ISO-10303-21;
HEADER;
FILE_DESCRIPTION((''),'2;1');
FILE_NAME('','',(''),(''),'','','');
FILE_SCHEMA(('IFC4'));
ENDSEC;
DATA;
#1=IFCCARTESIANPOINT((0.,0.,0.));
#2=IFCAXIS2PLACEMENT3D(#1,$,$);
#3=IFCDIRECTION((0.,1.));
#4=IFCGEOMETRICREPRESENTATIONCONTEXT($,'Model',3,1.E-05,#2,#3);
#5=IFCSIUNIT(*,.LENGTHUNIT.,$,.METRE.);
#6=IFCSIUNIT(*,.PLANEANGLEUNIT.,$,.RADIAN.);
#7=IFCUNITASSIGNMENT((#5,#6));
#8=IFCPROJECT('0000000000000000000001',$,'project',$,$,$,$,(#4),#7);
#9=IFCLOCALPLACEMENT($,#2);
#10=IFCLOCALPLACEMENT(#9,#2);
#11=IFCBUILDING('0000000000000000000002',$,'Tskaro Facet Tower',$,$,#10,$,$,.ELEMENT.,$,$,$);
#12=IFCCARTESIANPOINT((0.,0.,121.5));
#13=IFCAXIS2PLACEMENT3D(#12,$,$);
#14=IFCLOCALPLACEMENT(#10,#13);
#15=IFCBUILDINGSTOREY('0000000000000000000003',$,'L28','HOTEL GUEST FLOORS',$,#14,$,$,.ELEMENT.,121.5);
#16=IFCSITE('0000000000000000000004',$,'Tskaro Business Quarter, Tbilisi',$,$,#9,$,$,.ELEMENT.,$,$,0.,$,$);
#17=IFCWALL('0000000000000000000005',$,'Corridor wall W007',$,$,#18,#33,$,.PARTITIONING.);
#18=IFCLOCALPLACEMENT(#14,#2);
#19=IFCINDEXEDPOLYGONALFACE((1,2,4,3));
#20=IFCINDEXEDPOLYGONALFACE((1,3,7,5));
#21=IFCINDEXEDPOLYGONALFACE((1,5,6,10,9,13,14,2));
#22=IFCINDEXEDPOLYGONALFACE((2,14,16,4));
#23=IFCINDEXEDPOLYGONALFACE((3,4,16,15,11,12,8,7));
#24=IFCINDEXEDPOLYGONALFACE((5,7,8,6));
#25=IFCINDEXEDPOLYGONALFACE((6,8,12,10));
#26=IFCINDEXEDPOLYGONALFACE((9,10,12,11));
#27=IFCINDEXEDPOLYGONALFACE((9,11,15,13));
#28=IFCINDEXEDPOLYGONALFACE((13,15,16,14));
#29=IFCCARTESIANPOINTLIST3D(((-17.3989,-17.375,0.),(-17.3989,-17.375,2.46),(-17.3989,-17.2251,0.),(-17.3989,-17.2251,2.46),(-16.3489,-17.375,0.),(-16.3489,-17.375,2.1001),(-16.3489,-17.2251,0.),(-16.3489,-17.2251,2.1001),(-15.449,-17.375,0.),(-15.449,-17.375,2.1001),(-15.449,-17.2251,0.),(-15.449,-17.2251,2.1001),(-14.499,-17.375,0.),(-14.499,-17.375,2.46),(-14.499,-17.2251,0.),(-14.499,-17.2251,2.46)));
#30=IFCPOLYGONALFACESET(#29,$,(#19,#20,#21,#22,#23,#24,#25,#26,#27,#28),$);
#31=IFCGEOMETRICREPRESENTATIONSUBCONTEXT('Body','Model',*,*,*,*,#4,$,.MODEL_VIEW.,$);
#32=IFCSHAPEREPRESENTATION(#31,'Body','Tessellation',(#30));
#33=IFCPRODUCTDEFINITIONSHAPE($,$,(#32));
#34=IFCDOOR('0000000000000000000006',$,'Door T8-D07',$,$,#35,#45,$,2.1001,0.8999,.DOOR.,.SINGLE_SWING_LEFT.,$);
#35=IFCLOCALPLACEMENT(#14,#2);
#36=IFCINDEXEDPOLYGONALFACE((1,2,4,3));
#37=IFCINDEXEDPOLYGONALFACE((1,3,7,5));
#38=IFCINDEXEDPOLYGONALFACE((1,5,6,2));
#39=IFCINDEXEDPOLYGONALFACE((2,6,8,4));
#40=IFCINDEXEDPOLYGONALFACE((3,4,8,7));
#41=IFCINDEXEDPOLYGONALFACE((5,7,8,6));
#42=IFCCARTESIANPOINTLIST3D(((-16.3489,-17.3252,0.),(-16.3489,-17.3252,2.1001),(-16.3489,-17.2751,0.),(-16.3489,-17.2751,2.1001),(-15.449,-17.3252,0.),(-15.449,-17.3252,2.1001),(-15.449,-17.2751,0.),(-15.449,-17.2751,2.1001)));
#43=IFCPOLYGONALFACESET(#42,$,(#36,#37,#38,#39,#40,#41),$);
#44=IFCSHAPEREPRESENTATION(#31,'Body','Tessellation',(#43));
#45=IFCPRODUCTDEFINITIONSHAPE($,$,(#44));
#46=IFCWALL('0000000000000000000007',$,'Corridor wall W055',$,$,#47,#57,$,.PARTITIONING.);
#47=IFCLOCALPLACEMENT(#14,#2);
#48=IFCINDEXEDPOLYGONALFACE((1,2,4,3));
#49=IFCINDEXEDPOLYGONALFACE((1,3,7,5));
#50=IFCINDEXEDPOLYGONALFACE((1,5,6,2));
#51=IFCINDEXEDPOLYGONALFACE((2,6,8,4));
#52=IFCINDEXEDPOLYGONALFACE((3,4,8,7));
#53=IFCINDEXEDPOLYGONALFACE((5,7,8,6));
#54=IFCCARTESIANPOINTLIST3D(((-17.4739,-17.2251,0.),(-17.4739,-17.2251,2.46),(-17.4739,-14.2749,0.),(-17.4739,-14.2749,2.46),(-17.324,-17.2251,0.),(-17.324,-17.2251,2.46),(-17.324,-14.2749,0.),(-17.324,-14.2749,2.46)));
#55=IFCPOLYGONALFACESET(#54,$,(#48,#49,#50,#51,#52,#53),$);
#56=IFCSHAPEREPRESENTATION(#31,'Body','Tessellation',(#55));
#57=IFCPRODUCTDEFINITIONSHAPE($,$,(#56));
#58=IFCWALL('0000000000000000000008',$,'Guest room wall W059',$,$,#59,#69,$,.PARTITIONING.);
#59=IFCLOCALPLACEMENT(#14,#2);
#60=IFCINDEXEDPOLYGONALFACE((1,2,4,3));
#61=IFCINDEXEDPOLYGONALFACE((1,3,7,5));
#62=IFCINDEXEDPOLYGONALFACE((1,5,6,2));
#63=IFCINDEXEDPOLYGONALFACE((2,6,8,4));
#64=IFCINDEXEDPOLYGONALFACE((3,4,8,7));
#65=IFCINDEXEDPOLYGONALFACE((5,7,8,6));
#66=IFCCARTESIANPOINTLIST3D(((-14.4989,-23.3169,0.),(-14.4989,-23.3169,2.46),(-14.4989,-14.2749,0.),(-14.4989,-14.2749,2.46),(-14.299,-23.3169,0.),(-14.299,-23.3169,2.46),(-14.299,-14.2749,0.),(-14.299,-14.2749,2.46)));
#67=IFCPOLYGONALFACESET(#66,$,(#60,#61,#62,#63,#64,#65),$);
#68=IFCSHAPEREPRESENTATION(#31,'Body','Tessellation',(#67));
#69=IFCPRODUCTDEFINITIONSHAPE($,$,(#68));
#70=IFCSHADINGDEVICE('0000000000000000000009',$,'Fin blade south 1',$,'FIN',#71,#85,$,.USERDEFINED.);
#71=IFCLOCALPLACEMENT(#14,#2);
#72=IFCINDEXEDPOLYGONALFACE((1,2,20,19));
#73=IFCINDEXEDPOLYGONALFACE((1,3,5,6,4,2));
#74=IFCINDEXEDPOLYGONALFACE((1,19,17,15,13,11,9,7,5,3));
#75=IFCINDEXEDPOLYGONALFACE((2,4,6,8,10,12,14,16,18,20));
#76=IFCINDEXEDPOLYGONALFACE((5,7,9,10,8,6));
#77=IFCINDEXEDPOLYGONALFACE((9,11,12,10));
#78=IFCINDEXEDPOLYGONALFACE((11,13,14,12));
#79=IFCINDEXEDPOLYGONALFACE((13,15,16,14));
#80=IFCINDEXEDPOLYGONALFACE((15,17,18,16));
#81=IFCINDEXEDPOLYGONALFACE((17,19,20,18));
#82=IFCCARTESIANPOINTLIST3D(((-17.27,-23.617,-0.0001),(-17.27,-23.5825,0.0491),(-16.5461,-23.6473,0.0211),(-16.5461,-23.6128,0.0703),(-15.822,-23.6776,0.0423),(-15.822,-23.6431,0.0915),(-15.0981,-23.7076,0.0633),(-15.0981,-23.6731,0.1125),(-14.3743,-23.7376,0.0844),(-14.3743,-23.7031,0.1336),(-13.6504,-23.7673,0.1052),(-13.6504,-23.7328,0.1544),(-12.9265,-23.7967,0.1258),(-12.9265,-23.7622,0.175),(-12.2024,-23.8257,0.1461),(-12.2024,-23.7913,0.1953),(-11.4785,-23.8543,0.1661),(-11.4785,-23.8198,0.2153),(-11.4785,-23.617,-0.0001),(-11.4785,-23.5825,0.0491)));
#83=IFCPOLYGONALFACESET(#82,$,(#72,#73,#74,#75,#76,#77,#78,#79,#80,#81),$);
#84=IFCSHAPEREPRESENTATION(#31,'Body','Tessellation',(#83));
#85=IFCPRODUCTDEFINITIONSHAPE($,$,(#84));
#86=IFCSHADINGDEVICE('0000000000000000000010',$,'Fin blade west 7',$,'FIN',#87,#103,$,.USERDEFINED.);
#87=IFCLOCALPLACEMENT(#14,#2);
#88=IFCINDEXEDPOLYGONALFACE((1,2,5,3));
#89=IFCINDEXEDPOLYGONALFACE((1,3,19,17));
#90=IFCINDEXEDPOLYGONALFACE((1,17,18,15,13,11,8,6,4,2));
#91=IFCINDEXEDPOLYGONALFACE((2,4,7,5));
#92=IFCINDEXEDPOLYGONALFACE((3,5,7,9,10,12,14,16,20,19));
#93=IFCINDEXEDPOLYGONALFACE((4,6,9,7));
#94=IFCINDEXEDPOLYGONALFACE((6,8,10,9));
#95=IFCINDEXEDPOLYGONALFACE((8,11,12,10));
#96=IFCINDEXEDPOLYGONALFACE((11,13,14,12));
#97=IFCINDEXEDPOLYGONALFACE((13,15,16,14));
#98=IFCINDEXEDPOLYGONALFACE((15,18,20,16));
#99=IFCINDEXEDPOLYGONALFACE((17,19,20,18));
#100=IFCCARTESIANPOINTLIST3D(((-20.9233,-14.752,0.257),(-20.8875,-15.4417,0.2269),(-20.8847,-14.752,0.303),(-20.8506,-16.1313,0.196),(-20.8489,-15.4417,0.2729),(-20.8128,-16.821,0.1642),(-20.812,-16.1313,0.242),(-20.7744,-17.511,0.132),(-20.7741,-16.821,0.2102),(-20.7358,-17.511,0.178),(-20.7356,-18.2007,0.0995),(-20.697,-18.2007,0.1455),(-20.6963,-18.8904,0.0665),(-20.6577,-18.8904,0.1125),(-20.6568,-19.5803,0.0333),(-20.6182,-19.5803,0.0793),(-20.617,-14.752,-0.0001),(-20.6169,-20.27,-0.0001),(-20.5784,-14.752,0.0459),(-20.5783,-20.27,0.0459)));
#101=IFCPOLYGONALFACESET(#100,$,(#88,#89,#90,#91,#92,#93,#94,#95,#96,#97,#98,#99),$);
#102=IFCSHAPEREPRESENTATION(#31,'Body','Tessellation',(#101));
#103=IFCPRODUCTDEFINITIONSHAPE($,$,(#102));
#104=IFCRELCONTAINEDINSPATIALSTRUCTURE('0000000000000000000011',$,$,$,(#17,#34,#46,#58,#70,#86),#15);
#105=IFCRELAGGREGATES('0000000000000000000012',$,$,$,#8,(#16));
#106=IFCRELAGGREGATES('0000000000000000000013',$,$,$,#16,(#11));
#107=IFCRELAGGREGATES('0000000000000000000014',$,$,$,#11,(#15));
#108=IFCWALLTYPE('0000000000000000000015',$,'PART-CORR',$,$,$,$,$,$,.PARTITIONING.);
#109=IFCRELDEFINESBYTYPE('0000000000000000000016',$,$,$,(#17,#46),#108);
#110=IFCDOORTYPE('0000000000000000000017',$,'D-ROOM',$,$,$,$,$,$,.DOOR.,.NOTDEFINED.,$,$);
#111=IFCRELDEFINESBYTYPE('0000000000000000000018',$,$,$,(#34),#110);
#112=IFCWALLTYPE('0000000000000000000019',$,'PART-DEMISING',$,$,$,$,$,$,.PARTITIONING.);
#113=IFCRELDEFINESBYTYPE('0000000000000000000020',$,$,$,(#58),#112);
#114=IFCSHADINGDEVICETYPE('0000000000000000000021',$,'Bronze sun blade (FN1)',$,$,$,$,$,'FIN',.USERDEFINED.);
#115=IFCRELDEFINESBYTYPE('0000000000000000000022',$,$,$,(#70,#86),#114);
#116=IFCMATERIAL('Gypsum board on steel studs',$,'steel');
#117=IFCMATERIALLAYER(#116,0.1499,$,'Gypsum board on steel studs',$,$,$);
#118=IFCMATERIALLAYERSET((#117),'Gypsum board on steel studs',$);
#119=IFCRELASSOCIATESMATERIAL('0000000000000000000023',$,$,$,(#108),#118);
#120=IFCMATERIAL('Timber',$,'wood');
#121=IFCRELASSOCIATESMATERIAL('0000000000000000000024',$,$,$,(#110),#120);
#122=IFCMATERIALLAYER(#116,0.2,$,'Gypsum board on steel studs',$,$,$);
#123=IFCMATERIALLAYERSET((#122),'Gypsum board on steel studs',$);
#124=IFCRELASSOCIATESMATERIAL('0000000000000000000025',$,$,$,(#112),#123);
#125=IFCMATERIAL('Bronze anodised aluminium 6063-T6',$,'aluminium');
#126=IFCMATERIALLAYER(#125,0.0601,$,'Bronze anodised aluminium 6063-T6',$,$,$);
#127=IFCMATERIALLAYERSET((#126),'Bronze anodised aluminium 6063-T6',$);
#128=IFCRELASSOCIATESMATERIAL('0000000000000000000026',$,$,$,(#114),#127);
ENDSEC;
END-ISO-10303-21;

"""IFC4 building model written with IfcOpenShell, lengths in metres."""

from ifc_helpers import new_model, si_unit, direction, frame, frame_2d, origin, place, context, subcontext, project, spatial, polyline, rectangle, outline, extrude, material, layer, layer_set, type_object, element, fill, save


model = new_model("IFC4")

# Units and contexts
model_context = context("Model", 3, precision=1e-05, world=origin(), true_north=direction((0.0, 1.0)))
body_context = subcontext(model_context, "Body", "Model", "MODEL_VIEW")
ifc_project = project(units=[si_unit("LENGTHUNIT", "METRE"), si_unit("PLANEANGLEUNIT", "RADIAN")], contexts=[model_context])

# Site, building, storey
site_placement = place(None, origin())
site = spatial("IfcSite", under=ifc_project, at=site_placement, Name="Tskaro Business Quarter, Tbilisi", CompositionType="ELEMENT", RefElevation=0.0)
building_placement = place(site_placement, origin())
building = spatial("IfcBuilding", under=site, at=building_placement, Name="Tskaro Facet Tower", CompositionType="ELEMENT")
storey_placement = place(building_placement, frame((0.0, 0.0, 121.5)))
storey = spatial("IfcBuildingStorey", under=building, at=storey_placement, Name="L28", Description="HOTEL GUEST FLOORS", CompositionType="ELEMENT", Elevation=121.5)

# Shared definitions
ifc_material_1 = material(Name="Bronze anodised aluminium 6063-T6", Category="aluminium")

# Wall, opening, door
ifc_material_2 = material(Name="Gypsum board on steel studs", Category="steel")
ifc_layer_1 = layer(ifc_material_2, 0.1499, Name="Gypsum board on steel studs")
ifc_layer_set_1 = layer_set([ifc_layer_1], Name="Gypsum board on steel studs")
wall_type_1 = type_object("IfcWallType", Name="PART-CORR", PredefinedType="PARTITIONING", material=ifc_layer_set_1)
wall_1_placement = place(storey_placement, frame((-17.3989, -17.3, 0.0), z_axis=(0.0, 0.0, 1.0), x_axis=(1.0, 0.0, 0.0)))
wall_1 = element("IfcWall", 1, at=wall_1_placement, inside=storey, type_object=wall_type_1, Name="Corridor wall W007", PredefinedType="PARTITIONING", context=body_context, shape_type="SweptSolid", body=[
    extrude(rectangle(XDim=2.8999, YDim=0.1499, at=frame_2d((1.45, 0.0))), origin(), (0.0, 0.0, 1.0), 2.46),
])
opening_placement = place(wall_1_placement, frame((1.05, 0.0, 0.0)))
opening = element("IfcOpeningElement", 2, at=opening_placement, cuts=wall_1, PredefinedType="OPENING", context=body_context, shape_type="SweptSolid", body=[
    extrude(rectangle(XDim=0.8999, YDim=2.1001, at=frame_2d((0.45, 1.05))), frame((0.0, 0.085, 0.0), z_axis=(0.0, -1.0, 0.0), x_axis=(1.0, 0.0, 0.0)), (0.0, 0.0, 1.0), 0.1699),
])
ifc_material_3 = material(Name="Timber", Category="wood")
door_type = type_object("IfcDoorType", Name="D-ROOM", OperationType="NOTDEFINED", PredefinedType="DOOR", material=ifc_material_3)
door_placement = place(opening_placement, origin())
door = element("IfcDoor", 3, at=door_placement, inside=storey, type_object=door_type, Name="Door T8-D07", OperationType="SINGLE_SWING_LEFT", OverallHeight=2.1001, OverallWidth=0.8999, PredefinedType="DOOR", context=body_context, shape_type="SweptSolid", body=[
    extrude(rectangle(XDim=0.8999, YDim=2.1001, at=frame_2d((0.45, 1.05))), frame((0.0, 0.0249, 0.0), z_axis=(0.0, -1.0, 0.0), x_axis=(1.0, 0.0, 0.0)), (0.0, 0.0, 1.0), 0.05),
])
fill(opening, door)

# Walls
wall_2_placement = place(storey_placement, frame((-17.3989, -17.2251, 0.0), z_axis=(0.0, 0.0, 1.0), x_axis=(0.0, 1.0, 0.0)))
element("IfcWall", 4, at=wall_2_placement, inside=storey, type_object=wall_type_1, Name="Corridor wall W055", PredefinedType="PARTITIONING", context=body_context, shape_type="SweptSolid", body=[
    extrude(rectangle(XDim=2.9502, YDim=0.1499, at=frame_2d((1.4751, 0.0))), origin(), (0.0, 0.0, 1.0), 2.46),
])
ifc_layer_2 = layer(ifc_material_2, 0.2, Name="Gypsum board on steel studs")
ifc_layer_set_2 = layer_set([ifc_layer_2], Name="Gypsum board on steel studs")
wall_type_2 = type_object("IfcWallType", Name="PART-DEMISING", PredefinedType="PARTITIONING", material=ifc_layer_set_2)
wall_3_placement = place(storey_placement, frame((-14.3989, -23.3169, 0.0), z_axis=(0.0, 0.0, 1.0), x_axis=(0.0, 1.0, 0.0)))
element("IfcWall", 5, at=wall_3_placement, inside=storey, type_object=wall_type_2, Name="Guest room wall W059", PredefinedType="PARTITIONING", context=body_context, shape_type="SweptSolid", body=[
    extrude(rectangle(XDim=9.042, YDim=0.2, at=frame_2d((4.521, 0.0))), origin(), (0.0, 0.0, 1.0), 2.46),
])

# Shading devices
ifc_layer_3 = layer(ifc_material_1, 0.0601, Name="Bronze anodised aluminium 6063-T6")
ifc_layer_set_3 = layer_set([ifc_layer_3], Name="Bronze anodised aluminium 6063-T6")
shading_device_type = type_object("IfcShadingDeviceType", Name="Bronze sun blade (FN1)", ElementType="FIN", PredefinedType="USERDEFINED", material=ifc_layer_set_3)
shading_device_1_placement = place(storey_placement, frame((-17.27, -23.5825, 0.0491), z_axis=(0.000001, 0.573812, 0.818987), x_axis=(1.0, 0.0, -0.000001)))
element("IfcShadingDevice", 6, at=shading_device_1_placement, inside=storey, type_object=shading_device_type, Name="Fin blade south 1", ObjectType="FIN", PredefinedType="USERDEFINED", context=body_context, shape_type="SweptSolid", body=[
    extrude(outline(polyline([(0.0, 0.0), (5.7915, 0.0), (5.7915, -0.2898), (5.0676, -0.2549), (4.3435, -0.2194), (3.6196, -0.1835), (2.8958, -0.1472), (2.1719, -0.1106), (1.448, -0.074), (0.7239, -0.037), (0.0, 0.0)])), origin(), (0.0, 0.0, -1.0), 0.0601),
])
shading_device_2_placement = place(storey_placement, frame((-20.5784, -14.752, 0.0459), z_axis=(0.642855, 0.000009, 0.765988), x_axis=(0.000006, -1.0, 0.000007)))
element("IfcShadingDevice", 7, at=shading_device_2_placement, inside=storey, type_object=shading_device_type, Name="Fin blade west 7", ObjectType="FIN", PredefinedType="USERDEFINED", context=body_context, shape_type="SweptSolid", body=[
    extrude(outline(polyline([(0.0, 0.0), (5.5181, 0.0), (4.8284, -0.052), (4.1384, -0.1036), (3.4487, -0.1549), (2.759, -0.2055), (2.0691, -0.2556), (1.3794, -0.305), (0.6897, -0.3532), (0.0, -0.4), (0.0, 0.0)])), origin(), (0.0, 0.0, -1.0), 0.0601),
])

save(model, "model.ifc")
